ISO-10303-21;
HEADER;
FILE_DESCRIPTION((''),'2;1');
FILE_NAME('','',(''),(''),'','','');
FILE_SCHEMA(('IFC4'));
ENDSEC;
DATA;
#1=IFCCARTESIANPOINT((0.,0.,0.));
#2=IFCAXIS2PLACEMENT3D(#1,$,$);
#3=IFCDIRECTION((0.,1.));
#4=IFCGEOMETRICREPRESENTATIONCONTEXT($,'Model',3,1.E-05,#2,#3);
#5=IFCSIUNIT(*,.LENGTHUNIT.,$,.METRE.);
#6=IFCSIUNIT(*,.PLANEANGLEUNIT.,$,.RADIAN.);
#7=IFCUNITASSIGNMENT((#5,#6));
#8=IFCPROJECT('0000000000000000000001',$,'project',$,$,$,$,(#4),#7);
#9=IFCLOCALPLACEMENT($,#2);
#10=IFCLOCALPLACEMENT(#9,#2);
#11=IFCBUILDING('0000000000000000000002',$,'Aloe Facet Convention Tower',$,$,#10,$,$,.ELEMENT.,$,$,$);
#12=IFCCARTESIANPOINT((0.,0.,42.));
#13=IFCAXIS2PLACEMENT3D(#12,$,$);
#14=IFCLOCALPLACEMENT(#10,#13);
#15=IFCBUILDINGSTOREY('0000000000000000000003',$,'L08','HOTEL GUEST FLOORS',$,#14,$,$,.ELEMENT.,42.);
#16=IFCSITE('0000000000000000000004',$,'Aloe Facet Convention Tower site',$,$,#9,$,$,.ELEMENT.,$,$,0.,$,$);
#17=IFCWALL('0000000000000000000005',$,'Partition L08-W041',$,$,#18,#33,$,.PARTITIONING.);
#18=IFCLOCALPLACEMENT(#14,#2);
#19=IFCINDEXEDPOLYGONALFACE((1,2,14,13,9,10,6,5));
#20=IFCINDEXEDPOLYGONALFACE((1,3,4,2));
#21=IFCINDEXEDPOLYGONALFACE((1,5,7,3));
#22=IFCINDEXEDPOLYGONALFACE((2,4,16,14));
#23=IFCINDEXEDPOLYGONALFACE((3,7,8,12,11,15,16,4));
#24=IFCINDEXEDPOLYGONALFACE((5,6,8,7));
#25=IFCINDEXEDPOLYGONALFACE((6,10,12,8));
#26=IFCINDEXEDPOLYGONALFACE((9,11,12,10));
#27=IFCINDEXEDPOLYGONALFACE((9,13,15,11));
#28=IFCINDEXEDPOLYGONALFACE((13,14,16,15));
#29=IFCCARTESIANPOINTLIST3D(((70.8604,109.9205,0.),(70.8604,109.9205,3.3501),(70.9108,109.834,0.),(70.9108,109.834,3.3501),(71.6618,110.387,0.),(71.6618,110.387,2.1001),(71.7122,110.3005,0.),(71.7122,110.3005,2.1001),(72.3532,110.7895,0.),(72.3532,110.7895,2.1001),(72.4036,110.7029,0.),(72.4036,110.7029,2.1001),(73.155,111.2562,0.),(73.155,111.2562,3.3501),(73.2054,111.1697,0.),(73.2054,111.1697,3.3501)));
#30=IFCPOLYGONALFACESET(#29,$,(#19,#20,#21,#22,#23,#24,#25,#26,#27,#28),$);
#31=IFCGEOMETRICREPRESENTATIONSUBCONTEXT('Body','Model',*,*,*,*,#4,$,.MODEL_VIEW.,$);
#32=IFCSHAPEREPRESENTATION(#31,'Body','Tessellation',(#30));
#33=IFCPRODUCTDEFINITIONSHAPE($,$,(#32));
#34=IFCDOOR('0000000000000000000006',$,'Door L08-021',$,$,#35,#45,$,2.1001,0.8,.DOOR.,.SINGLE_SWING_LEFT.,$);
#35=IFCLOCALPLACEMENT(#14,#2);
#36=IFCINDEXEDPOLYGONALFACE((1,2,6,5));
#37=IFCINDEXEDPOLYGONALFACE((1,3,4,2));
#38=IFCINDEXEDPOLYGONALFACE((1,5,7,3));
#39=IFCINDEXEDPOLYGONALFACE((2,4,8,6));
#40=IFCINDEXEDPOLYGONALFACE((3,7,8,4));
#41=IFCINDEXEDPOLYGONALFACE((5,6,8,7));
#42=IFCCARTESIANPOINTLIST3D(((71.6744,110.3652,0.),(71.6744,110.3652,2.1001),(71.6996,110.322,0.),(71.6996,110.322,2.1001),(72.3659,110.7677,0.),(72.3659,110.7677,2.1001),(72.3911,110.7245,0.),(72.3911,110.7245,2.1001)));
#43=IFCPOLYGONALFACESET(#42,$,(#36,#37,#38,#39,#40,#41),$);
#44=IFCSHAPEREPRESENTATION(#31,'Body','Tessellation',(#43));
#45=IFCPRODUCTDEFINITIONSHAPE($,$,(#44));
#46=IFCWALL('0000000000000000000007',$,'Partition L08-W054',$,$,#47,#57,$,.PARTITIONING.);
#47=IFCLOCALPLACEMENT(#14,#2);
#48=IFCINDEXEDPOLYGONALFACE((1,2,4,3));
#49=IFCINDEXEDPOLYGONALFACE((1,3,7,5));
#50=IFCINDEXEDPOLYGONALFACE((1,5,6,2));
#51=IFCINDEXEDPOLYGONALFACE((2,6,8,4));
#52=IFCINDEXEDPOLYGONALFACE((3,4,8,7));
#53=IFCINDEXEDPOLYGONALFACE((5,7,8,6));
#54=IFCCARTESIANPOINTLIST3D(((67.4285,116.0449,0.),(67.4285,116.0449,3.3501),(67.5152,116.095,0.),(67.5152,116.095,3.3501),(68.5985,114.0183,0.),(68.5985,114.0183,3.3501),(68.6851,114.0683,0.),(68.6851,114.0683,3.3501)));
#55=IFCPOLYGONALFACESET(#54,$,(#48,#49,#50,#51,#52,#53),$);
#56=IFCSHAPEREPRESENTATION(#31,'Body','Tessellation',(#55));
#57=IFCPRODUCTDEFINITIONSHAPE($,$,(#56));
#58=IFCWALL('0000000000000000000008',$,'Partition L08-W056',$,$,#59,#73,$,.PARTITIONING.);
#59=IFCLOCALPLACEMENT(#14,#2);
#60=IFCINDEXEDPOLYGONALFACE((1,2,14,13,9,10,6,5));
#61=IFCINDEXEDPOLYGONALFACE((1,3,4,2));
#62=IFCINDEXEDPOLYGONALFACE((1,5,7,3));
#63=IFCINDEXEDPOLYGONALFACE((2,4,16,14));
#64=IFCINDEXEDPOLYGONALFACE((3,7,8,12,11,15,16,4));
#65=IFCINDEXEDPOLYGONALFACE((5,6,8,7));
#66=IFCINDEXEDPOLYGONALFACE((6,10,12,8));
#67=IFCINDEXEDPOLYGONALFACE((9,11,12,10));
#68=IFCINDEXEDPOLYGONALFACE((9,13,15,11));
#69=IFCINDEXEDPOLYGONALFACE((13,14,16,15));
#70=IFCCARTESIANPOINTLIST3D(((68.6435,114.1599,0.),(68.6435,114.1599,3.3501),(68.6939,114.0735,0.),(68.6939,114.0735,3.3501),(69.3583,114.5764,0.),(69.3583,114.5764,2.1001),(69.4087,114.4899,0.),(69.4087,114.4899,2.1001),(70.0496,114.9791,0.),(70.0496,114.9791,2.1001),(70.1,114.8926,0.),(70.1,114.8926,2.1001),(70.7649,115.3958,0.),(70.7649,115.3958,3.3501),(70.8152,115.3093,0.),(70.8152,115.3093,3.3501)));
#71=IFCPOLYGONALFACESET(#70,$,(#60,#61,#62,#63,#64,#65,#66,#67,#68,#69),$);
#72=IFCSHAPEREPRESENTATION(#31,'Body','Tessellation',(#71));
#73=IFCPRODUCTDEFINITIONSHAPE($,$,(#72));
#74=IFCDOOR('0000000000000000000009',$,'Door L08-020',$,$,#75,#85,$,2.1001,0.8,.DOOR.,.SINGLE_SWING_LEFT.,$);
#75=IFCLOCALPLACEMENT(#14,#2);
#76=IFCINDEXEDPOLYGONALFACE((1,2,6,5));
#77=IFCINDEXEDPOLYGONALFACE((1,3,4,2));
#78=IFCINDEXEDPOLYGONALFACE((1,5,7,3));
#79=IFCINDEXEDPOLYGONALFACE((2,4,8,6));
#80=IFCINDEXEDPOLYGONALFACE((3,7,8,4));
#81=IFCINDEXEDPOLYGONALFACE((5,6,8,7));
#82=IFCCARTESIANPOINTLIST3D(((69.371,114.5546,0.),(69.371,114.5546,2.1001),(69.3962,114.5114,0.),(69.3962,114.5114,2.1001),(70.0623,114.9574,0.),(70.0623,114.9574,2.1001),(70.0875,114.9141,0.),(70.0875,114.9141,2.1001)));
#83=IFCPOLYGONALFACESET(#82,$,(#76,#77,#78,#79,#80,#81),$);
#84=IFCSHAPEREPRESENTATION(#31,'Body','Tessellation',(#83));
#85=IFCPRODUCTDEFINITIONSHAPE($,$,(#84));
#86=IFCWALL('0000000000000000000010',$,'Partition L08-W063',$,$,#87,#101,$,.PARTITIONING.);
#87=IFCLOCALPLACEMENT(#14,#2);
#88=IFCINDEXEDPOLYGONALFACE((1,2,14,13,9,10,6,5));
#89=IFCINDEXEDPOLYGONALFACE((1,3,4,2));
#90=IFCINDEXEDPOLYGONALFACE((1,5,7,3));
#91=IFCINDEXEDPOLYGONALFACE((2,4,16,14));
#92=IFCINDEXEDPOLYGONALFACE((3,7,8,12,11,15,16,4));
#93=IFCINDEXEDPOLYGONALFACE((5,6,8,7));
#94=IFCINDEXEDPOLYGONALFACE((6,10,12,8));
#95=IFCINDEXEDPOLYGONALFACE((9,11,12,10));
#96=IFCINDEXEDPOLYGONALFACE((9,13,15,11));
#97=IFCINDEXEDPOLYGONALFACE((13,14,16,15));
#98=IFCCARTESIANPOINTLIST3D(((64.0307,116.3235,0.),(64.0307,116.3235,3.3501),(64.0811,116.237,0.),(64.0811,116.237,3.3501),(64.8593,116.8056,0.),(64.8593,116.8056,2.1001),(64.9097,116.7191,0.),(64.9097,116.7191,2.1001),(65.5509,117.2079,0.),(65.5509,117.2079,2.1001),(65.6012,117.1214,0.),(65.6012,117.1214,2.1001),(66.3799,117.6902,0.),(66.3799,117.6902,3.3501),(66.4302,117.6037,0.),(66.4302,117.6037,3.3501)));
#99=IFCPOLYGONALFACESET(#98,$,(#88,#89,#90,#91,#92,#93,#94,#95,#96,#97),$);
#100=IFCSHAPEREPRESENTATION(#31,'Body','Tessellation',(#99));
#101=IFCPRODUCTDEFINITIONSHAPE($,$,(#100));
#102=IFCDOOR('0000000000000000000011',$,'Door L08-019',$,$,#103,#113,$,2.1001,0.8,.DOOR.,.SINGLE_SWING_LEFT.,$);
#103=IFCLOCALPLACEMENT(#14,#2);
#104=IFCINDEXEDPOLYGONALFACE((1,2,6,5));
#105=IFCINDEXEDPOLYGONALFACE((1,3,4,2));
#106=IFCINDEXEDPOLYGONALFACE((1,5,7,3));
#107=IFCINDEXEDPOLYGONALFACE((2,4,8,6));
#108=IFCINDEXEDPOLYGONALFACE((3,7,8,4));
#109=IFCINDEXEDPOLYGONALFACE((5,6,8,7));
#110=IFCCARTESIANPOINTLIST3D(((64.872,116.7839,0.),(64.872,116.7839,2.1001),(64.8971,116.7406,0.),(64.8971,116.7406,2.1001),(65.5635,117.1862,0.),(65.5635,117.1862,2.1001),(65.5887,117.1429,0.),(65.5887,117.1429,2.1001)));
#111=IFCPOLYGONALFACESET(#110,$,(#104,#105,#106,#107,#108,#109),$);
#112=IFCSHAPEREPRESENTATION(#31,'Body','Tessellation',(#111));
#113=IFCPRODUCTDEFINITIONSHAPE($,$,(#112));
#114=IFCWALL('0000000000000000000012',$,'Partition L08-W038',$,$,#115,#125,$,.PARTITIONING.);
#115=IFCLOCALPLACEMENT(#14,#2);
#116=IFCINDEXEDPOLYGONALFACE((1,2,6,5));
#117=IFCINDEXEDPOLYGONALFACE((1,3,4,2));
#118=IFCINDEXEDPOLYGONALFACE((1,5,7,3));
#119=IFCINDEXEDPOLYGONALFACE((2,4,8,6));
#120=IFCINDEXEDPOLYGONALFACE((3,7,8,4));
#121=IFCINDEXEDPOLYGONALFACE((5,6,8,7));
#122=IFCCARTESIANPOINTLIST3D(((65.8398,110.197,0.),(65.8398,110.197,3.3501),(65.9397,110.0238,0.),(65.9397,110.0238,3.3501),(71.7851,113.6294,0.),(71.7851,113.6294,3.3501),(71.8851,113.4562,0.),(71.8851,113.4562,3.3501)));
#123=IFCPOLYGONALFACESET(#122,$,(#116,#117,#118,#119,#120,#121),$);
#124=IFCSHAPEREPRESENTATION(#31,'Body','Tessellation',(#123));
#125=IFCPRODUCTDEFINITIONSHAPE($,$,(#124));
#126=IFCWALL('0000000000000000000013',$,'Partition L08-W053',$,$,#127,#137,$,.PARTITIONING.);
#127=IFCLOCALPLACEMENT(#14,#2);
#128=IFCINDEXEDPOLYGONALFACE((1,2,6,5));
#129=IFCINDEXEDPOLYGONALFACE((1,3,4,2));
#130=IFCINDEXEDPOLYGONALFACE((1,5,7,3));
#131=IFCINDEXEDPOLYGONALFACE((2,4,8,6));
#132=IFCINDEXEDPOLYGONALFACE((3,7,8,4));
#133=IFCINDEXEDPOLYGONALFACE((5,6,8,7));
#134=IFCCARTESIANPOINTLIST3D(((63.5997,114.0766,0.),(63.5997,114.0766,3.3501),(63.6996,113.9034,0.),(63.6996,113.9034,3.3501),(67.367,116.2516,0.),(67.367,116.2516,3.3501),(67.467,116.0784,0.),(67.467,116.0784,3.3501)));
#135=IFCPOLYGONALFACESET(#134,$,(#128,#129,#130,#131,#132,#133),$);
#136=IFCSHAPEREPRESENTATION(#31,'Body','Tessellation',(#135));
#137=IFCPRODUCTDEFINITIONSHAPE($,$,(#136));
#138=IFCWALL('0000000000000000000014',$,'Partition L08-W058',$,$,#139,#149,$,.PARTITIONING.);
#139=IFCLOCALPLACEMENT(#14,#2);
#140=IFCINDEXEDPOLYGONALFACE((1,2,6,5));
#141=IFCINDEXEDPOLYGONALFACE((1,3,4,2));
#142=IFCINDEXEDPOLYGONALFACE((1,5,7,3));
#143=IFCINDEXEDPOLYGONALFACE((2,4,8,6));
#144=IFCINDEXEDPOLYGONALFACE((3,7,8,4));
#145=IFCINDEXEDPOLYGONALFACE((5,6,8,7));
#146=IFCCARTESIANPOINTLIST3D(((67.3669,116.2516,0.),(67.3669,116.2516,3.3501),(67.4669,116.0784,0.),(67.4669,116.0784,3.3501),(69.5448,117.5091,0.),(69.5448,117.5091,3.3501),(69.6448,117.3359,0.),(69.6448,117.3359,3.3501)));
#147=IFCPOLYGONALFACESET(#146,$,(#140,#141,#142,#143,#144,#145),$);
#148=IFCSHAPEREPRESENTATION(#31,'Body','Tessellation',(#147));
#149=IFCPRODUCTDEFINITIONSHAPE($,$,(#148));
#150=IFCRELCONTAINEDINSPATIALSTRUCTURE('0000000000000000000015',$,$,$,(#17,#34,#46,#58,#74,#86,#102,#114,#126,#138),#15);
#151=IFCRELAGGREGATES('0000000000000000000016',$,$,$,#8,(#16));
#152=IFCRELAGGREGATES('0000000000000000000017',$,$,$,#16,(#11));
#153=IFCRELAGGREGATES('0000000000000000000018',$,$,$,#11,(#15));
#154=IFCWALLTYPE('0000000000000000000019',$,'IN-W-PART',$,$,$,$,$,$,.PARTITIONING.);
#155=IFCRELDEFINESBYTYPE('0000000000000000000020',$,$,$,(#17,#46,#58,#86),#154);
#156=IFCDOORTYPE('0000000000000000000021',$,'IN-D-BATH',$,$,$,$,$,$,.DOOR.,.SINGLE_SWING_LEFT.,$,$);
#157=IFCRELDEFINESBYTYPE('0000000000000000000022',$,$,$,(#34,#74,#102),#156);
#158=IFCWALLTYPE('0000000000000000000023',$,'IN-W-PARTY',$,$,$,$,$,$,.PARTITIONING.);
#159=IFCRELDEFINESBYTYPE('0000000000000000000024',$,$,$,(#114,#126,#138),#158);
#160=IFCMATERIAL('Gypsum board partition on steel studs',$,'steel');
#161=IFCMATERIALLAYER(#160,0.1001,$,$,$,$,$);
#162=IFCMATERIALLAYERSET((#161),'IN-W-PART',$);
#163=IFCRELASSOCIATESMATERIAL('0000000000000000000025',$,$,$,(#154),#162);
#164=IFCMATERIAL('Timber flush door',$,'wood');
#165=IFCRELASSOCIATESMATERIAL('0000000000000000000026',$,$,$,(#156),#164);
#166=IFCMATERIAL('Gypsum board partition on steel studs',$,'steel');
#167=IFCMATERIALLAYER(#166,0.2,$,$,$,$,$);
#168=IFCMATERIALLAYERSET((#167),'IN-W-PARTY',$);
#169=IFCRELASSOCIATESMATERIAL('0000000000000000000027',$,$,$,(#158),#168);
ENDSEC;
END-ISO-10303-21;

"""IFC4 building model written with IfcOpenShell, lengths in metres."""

from ifc_helpers import new_model, si_unit, direction, frame, frame_2d, origin, place, context, subcontext, project, spatial, rectangle, extrude, material, layer, layer_set, type_object, element, fill, save


model = new_model("IFC4")

# Units and contexts
model_context = context("Model", 3, precision=1e-05, world=origin(), true_north=direction((0.0, 1.0)))
body_context = subcontext(model_context, "Body", "Model", "MODEL_VIEW")
ifc_project = project(units=[si_unit("LENGTHUNIT", "METRE"), si_unit("PLANEANGLEUNIT", "RADIAN")], contexts=[model_context])

# Site, building, storey
site_placement = place(None, origin())
site = spatial("IfcSite", under=ifc_project, at=site_placement, Name="Aloe Facet Convention Tower site", CompositionType="ELEMENT", RefElevation=0.0)
building_placement = place(site_placement, origin())
building = spatial("IfcBuilding", under=site, at=building_placement, Name="Aloe Facet Convention Tower", CompositionType="ELEMENT")
storey_placement = place(building_placement, frame((0.0, 0.0, 42.0)))
storey = spatial("IfcBuildingStorey", under=building, at=storey_placement, Name="L08", Description="HOTEL GUEST FLOORS", CompositionType="ELEMENT", Elevation=42.0)

# Shared definitions
ifc_material_1 = material(Name="Gypsum board partition on steel studs", Category="steel")
ifc_layer_1 = layer(ifc_material_1, 0.1001)
ifc_layer_set_1 = layer_set([ifc_layer_1], Name="IN-W-PART")
wall_type_1 = type_object("IfcWallType", Name="IN-W-PART", PredefinedType="PARTITIONING", material=ifc_layer_set_1)

# Wall, opening, door
wall_1_placement = place(storey_placement, frame((70.8855, 109.8772, 0.0), z_axis=(0.0, 0.0, 1.0), x_axis=(0.864249, 0.503065, 0.0)))
wall_1 = element("IfcWall", 1, at=wall_1_placement, inside=storey, type_object=wall_type_1, Name="Partition L08-W041", PredefinedType="PARTITIONING", context=body_context, shape_type="SweptSolid", body=[
    extrude(rectangle(XDim=2.655, YDim=0.1001, at=frame_2d((1.3276, 0.0))), origin(), (0.0, 0.0, 1.0), 3.3501),
])
opening_1_placement = place(wall_1_placement, frame((0.9275, 0.0, 0.0)))
opening_1 = element("IfcOpeningElement", 2, at=opening_1_placement, cuts=wall_1, PredefinedType="OPENING", context=body_context, shape_type="SweptSolid", body=[
    extrude(rectangle(XDim=0.8, YDim=2.1001, at=frame_2d((0.3999, 1.05))), frame((0.0, 0.0601, 0.0), z_axis=(0.0, -1.0, 0.0), x_axis=(1.0, 0.0, 0.0)), (0.0, 0.0, 1.0), 0.1201),
])
ifc_material_2 = material(Name="Timber flush door", Category="wood")
door_type_1 = type_object("IfcDoorType", Name="IN-D-BATH", OperationType="SINGLE_SWING_LEFT", PredefinedType="DOOR", material=ifc_material_2)
door_1_placement = place(opening_1_placement, origin())
door_1 = element("IfcDoor", 3, at=door_1_placement, inside=storey, type_object=door_type_1, Name="Door L08-021", OperationType="SINGLE_SWING_LEFT", OverallHeight=2.1001, OverallWidth=0.8, PredefinedType="DOOR", context=body_context, shape_type="SweptSolid", body=[
    extrude(rectangle(XDim=0.8, YDim=2.1001, at=frame_2d((0.3999, 1.05))), frame((0.0, 0.0249, 0.0), z_axis=(0.0, -1.0, 0.0), x_axis=(1.0, 0.0, 0.0)), (0.0, 0.0, 1.0), 0.05),
])
fill(opening_1, door_1)

# Wall
wall_2_placement = place(storey_placement, frame((67.4719, 116.0698, 0.0), z_axis=(0.0, 0.0, 1.0), x_axis=(0.499954, -0.866052, 0.0)))
element("IfcWall", 4, at=wall_2_placement, inside=storey, type_object=wall_type_1, Name="Partition L08-W054", PredefinedType="PARTITIONING", context=body_context, shape_type="SweptSolid", body=[
    extrude(rectangle(XDim=2.3401, YDim=0.1001, at=frame_2d((1.1699, 0.0))), origin(), (0.0, 0.0, 1.0), 3.3501),
])

# Walls, openings, doors
wall_3_placement = place(storey_placement, frame((68.6687, 114.1167, 0.0), z_axis=(0.0, 0.0, 1.0), x_axis=(0.864064, 0.503382, 0.0)))
wall_3 = element("IfcWall", 5, at=wall_3_placement, inside=storey, type_object=wall_type_1, Name="Partition L08-W056", PredefinedType="PARTITIONING", context=body_context, shape_type="SweptSolid", body=[
    extrude(rectangle(XDim=2.4551, YDim=0.1001, at=frame_2d((1.2275, 0.0))), origin(), (0.0, 0.0, 1.0), 3.3501),
])
opening_2_placement = place(wall_3_placement, frame((0.8274, 0.0, 0.0)))
opening_2 = element("IfcOpeningElement", 6, at=opening_2_placement, cuts=wall_3, PredefinedType="OPENING", context=body_context, shape_type="SweptSolid", body=[
    extrude(rectangle(XDim=0.8, YDim=2.1001, at=frame_2d((0.3999, 1.05))), frame((0.0, 0.0601, 0.0), z_axis=(0.0, -1.0, 0.0), x_axis=(1.0, 0.0, 0.0)), (0.0, 0.0, 1.0), 0.1201),
])
door_2_placement = place(opening_2_placement, origin())
door_2 = element("IfcDoor", 7, at=door_2_placement, inside=storey, type_object=door_type_1, Name="Door L08-020", OperationType="SINGLE_SWING_LEFT", OverallHeight=2.1001, OverallWidth=0.8, PredefinedType="DOOR", context=body_context, shape_type="SweptSolid", body=[
    extrude(rectangle(XDim=0.8, YDim=2.1001, at=frame_2d((0.3999, 1.05))), frame((0.0, 0.0249, 0.0), z_axis=(0.0, -1.0, 0.0), x_axis=(1.0, 0.0, 0.0)), (0.0, 0.0, 1.0), 0.05),
])
fill(opening_2, door_2)
wall_4_placement = place(storey_placement, frame((64.0559, 116.2803, 0.0), z_axis=(0.0, 0.0, 1.0), x_axis=(0.864358, 0.502876, 0.0)))
wall_4 = element("IfcWall", 8, at=wall_4_placement, inside=storey, type_object=wall_type_1, Name="Partition L08-W063", PredefinedType="PARTITIONING", context=body_context, shape_type="SweptSolid", body=[
    extrude(rectangle(XDim=2.7178, YDim=0.1001, at=frame_2d((1.3589, 0.0))), origin(), (0.0, 0.0, 1.0), 3.3501),
])
opening_3_placement = place(wall_4_placement, frame((0.9587, 0.0, 0.0)))
opening_3 = element("IfcOpeningElement", 9, at=opening_3_placement, cuts=wall_4, PredefinedType="OPENING", context=body_context, shape_type="SweptSolid", body=[
    extrude(rectangle(XDim=0.8, YDim=2.1001, at=frame_2d((0.3999, 1.05))), frame((0.0, 0.0601, 0.0), z_axis=(0.0, -1.0, 0.0), x_axis=(1.0, 0.0, 0.0)), (0.0, 0.0, 1.0), 0.1201),
])
door_3_placement = place(opening_3_placement, origin())
door_3 = element("IfcDoor", 10, at=door_3_placement, inside=storey, type_object=door_type_1, Name="Door L08-019", OperationType="SINGLE_SWING_LEFT", OverallHeight=2.1001, OverallWidth=0.8, PredefinedType="DOOR", context=body_context, shape_type="SweptSolid", body=[
    extrude(rectangle(XDim=0.8, YDim=2.1001, at=frame_2d((0.3999, 1.05))), frame((0.0, 0.0249, 0.0), z_axis=(0.0, -1.0, 0.0), x_axis=(1.0, 0.0, 0.0)), (0.0, 0.0, 1.0), 0.05),
])
fill(opening_3, door_3)

# Walls
ifc_material_3 = material(Name="Gypsum board partition on steel studs", Category="steel")
ifc_layer_2 = layer(ifc_material_3, 0.2)
ifc_layer_set_2 = layer_set([ifc_layer_2], Name="IN-W-PARTY")
wall_type_2 = type_object("IfcWallType", Name="IN-W-PARTY", PredefinedType="PARTITIONING", material=ifc_layer_set_2)
wall_5_placement = place(storey_placement, frame((65.8896, 110.1104, 0.0), z_axis=(0.0, 0.0, 1.0), x_axis=(0.866035, 0.499983, 0.0)))
element("IfcWall", 11, at=wall_5_placement, inside=storey, type_object=wall_type_2, Name="Partition L08-W038", PredefinedType="PARTITIONING", context=body_context, shape_type="SweptSolid", body=[
    extrude(rectangle(XDim=6.865, YDim=0.2, at=frame_2d((3.4326, 0.0))), origin(), (0.0, 0.0, 1.0), 3.3501),
])
wall_6_placement = place(storey_placement, frame((63.6497, 113.99, 0.0), z_axis=(0.0, 0.0, 1.0), x_axis=(0.866028, 0.499996, 0.0)))
element("IfcWall", 12, at=wall_6_placement, inside=storey, type_object=wall_type_2, Name="Partition L08-W053", PredefinedType="PARTITIONING", context=body_context, shape_type="SweptSolid", body=[
    extrude(rectangle(XDim=4.3501, YDim=0.2, at=frame_2d((2.175, 0.0))), origin(), (0.0, 0.0, 1.0), 3.3501),
])
wall_7_placement = place(storey_placement, frame((67.417, 116.165, 0.0), z_axis=(0.0, 0.0, 1.0), x_axis=(0.866006, 0.500033, 0.0)))
element("IfcWall", 13, at=wall_7_placement, inside=storey, type_object=wall_type_2, Name="Partition L08-W058", PredefinedType="PARTITIONING", context=body_context, shape_type="SweptSolid", body=[
    extrude(rectangle(XDim=2.5149, YDim=0.2, at=frame_2d((1.2573, 0.0))), origin(), (0.0, 0.0, 1.0), 3.3501),
])

save(model, "model.ifc")
